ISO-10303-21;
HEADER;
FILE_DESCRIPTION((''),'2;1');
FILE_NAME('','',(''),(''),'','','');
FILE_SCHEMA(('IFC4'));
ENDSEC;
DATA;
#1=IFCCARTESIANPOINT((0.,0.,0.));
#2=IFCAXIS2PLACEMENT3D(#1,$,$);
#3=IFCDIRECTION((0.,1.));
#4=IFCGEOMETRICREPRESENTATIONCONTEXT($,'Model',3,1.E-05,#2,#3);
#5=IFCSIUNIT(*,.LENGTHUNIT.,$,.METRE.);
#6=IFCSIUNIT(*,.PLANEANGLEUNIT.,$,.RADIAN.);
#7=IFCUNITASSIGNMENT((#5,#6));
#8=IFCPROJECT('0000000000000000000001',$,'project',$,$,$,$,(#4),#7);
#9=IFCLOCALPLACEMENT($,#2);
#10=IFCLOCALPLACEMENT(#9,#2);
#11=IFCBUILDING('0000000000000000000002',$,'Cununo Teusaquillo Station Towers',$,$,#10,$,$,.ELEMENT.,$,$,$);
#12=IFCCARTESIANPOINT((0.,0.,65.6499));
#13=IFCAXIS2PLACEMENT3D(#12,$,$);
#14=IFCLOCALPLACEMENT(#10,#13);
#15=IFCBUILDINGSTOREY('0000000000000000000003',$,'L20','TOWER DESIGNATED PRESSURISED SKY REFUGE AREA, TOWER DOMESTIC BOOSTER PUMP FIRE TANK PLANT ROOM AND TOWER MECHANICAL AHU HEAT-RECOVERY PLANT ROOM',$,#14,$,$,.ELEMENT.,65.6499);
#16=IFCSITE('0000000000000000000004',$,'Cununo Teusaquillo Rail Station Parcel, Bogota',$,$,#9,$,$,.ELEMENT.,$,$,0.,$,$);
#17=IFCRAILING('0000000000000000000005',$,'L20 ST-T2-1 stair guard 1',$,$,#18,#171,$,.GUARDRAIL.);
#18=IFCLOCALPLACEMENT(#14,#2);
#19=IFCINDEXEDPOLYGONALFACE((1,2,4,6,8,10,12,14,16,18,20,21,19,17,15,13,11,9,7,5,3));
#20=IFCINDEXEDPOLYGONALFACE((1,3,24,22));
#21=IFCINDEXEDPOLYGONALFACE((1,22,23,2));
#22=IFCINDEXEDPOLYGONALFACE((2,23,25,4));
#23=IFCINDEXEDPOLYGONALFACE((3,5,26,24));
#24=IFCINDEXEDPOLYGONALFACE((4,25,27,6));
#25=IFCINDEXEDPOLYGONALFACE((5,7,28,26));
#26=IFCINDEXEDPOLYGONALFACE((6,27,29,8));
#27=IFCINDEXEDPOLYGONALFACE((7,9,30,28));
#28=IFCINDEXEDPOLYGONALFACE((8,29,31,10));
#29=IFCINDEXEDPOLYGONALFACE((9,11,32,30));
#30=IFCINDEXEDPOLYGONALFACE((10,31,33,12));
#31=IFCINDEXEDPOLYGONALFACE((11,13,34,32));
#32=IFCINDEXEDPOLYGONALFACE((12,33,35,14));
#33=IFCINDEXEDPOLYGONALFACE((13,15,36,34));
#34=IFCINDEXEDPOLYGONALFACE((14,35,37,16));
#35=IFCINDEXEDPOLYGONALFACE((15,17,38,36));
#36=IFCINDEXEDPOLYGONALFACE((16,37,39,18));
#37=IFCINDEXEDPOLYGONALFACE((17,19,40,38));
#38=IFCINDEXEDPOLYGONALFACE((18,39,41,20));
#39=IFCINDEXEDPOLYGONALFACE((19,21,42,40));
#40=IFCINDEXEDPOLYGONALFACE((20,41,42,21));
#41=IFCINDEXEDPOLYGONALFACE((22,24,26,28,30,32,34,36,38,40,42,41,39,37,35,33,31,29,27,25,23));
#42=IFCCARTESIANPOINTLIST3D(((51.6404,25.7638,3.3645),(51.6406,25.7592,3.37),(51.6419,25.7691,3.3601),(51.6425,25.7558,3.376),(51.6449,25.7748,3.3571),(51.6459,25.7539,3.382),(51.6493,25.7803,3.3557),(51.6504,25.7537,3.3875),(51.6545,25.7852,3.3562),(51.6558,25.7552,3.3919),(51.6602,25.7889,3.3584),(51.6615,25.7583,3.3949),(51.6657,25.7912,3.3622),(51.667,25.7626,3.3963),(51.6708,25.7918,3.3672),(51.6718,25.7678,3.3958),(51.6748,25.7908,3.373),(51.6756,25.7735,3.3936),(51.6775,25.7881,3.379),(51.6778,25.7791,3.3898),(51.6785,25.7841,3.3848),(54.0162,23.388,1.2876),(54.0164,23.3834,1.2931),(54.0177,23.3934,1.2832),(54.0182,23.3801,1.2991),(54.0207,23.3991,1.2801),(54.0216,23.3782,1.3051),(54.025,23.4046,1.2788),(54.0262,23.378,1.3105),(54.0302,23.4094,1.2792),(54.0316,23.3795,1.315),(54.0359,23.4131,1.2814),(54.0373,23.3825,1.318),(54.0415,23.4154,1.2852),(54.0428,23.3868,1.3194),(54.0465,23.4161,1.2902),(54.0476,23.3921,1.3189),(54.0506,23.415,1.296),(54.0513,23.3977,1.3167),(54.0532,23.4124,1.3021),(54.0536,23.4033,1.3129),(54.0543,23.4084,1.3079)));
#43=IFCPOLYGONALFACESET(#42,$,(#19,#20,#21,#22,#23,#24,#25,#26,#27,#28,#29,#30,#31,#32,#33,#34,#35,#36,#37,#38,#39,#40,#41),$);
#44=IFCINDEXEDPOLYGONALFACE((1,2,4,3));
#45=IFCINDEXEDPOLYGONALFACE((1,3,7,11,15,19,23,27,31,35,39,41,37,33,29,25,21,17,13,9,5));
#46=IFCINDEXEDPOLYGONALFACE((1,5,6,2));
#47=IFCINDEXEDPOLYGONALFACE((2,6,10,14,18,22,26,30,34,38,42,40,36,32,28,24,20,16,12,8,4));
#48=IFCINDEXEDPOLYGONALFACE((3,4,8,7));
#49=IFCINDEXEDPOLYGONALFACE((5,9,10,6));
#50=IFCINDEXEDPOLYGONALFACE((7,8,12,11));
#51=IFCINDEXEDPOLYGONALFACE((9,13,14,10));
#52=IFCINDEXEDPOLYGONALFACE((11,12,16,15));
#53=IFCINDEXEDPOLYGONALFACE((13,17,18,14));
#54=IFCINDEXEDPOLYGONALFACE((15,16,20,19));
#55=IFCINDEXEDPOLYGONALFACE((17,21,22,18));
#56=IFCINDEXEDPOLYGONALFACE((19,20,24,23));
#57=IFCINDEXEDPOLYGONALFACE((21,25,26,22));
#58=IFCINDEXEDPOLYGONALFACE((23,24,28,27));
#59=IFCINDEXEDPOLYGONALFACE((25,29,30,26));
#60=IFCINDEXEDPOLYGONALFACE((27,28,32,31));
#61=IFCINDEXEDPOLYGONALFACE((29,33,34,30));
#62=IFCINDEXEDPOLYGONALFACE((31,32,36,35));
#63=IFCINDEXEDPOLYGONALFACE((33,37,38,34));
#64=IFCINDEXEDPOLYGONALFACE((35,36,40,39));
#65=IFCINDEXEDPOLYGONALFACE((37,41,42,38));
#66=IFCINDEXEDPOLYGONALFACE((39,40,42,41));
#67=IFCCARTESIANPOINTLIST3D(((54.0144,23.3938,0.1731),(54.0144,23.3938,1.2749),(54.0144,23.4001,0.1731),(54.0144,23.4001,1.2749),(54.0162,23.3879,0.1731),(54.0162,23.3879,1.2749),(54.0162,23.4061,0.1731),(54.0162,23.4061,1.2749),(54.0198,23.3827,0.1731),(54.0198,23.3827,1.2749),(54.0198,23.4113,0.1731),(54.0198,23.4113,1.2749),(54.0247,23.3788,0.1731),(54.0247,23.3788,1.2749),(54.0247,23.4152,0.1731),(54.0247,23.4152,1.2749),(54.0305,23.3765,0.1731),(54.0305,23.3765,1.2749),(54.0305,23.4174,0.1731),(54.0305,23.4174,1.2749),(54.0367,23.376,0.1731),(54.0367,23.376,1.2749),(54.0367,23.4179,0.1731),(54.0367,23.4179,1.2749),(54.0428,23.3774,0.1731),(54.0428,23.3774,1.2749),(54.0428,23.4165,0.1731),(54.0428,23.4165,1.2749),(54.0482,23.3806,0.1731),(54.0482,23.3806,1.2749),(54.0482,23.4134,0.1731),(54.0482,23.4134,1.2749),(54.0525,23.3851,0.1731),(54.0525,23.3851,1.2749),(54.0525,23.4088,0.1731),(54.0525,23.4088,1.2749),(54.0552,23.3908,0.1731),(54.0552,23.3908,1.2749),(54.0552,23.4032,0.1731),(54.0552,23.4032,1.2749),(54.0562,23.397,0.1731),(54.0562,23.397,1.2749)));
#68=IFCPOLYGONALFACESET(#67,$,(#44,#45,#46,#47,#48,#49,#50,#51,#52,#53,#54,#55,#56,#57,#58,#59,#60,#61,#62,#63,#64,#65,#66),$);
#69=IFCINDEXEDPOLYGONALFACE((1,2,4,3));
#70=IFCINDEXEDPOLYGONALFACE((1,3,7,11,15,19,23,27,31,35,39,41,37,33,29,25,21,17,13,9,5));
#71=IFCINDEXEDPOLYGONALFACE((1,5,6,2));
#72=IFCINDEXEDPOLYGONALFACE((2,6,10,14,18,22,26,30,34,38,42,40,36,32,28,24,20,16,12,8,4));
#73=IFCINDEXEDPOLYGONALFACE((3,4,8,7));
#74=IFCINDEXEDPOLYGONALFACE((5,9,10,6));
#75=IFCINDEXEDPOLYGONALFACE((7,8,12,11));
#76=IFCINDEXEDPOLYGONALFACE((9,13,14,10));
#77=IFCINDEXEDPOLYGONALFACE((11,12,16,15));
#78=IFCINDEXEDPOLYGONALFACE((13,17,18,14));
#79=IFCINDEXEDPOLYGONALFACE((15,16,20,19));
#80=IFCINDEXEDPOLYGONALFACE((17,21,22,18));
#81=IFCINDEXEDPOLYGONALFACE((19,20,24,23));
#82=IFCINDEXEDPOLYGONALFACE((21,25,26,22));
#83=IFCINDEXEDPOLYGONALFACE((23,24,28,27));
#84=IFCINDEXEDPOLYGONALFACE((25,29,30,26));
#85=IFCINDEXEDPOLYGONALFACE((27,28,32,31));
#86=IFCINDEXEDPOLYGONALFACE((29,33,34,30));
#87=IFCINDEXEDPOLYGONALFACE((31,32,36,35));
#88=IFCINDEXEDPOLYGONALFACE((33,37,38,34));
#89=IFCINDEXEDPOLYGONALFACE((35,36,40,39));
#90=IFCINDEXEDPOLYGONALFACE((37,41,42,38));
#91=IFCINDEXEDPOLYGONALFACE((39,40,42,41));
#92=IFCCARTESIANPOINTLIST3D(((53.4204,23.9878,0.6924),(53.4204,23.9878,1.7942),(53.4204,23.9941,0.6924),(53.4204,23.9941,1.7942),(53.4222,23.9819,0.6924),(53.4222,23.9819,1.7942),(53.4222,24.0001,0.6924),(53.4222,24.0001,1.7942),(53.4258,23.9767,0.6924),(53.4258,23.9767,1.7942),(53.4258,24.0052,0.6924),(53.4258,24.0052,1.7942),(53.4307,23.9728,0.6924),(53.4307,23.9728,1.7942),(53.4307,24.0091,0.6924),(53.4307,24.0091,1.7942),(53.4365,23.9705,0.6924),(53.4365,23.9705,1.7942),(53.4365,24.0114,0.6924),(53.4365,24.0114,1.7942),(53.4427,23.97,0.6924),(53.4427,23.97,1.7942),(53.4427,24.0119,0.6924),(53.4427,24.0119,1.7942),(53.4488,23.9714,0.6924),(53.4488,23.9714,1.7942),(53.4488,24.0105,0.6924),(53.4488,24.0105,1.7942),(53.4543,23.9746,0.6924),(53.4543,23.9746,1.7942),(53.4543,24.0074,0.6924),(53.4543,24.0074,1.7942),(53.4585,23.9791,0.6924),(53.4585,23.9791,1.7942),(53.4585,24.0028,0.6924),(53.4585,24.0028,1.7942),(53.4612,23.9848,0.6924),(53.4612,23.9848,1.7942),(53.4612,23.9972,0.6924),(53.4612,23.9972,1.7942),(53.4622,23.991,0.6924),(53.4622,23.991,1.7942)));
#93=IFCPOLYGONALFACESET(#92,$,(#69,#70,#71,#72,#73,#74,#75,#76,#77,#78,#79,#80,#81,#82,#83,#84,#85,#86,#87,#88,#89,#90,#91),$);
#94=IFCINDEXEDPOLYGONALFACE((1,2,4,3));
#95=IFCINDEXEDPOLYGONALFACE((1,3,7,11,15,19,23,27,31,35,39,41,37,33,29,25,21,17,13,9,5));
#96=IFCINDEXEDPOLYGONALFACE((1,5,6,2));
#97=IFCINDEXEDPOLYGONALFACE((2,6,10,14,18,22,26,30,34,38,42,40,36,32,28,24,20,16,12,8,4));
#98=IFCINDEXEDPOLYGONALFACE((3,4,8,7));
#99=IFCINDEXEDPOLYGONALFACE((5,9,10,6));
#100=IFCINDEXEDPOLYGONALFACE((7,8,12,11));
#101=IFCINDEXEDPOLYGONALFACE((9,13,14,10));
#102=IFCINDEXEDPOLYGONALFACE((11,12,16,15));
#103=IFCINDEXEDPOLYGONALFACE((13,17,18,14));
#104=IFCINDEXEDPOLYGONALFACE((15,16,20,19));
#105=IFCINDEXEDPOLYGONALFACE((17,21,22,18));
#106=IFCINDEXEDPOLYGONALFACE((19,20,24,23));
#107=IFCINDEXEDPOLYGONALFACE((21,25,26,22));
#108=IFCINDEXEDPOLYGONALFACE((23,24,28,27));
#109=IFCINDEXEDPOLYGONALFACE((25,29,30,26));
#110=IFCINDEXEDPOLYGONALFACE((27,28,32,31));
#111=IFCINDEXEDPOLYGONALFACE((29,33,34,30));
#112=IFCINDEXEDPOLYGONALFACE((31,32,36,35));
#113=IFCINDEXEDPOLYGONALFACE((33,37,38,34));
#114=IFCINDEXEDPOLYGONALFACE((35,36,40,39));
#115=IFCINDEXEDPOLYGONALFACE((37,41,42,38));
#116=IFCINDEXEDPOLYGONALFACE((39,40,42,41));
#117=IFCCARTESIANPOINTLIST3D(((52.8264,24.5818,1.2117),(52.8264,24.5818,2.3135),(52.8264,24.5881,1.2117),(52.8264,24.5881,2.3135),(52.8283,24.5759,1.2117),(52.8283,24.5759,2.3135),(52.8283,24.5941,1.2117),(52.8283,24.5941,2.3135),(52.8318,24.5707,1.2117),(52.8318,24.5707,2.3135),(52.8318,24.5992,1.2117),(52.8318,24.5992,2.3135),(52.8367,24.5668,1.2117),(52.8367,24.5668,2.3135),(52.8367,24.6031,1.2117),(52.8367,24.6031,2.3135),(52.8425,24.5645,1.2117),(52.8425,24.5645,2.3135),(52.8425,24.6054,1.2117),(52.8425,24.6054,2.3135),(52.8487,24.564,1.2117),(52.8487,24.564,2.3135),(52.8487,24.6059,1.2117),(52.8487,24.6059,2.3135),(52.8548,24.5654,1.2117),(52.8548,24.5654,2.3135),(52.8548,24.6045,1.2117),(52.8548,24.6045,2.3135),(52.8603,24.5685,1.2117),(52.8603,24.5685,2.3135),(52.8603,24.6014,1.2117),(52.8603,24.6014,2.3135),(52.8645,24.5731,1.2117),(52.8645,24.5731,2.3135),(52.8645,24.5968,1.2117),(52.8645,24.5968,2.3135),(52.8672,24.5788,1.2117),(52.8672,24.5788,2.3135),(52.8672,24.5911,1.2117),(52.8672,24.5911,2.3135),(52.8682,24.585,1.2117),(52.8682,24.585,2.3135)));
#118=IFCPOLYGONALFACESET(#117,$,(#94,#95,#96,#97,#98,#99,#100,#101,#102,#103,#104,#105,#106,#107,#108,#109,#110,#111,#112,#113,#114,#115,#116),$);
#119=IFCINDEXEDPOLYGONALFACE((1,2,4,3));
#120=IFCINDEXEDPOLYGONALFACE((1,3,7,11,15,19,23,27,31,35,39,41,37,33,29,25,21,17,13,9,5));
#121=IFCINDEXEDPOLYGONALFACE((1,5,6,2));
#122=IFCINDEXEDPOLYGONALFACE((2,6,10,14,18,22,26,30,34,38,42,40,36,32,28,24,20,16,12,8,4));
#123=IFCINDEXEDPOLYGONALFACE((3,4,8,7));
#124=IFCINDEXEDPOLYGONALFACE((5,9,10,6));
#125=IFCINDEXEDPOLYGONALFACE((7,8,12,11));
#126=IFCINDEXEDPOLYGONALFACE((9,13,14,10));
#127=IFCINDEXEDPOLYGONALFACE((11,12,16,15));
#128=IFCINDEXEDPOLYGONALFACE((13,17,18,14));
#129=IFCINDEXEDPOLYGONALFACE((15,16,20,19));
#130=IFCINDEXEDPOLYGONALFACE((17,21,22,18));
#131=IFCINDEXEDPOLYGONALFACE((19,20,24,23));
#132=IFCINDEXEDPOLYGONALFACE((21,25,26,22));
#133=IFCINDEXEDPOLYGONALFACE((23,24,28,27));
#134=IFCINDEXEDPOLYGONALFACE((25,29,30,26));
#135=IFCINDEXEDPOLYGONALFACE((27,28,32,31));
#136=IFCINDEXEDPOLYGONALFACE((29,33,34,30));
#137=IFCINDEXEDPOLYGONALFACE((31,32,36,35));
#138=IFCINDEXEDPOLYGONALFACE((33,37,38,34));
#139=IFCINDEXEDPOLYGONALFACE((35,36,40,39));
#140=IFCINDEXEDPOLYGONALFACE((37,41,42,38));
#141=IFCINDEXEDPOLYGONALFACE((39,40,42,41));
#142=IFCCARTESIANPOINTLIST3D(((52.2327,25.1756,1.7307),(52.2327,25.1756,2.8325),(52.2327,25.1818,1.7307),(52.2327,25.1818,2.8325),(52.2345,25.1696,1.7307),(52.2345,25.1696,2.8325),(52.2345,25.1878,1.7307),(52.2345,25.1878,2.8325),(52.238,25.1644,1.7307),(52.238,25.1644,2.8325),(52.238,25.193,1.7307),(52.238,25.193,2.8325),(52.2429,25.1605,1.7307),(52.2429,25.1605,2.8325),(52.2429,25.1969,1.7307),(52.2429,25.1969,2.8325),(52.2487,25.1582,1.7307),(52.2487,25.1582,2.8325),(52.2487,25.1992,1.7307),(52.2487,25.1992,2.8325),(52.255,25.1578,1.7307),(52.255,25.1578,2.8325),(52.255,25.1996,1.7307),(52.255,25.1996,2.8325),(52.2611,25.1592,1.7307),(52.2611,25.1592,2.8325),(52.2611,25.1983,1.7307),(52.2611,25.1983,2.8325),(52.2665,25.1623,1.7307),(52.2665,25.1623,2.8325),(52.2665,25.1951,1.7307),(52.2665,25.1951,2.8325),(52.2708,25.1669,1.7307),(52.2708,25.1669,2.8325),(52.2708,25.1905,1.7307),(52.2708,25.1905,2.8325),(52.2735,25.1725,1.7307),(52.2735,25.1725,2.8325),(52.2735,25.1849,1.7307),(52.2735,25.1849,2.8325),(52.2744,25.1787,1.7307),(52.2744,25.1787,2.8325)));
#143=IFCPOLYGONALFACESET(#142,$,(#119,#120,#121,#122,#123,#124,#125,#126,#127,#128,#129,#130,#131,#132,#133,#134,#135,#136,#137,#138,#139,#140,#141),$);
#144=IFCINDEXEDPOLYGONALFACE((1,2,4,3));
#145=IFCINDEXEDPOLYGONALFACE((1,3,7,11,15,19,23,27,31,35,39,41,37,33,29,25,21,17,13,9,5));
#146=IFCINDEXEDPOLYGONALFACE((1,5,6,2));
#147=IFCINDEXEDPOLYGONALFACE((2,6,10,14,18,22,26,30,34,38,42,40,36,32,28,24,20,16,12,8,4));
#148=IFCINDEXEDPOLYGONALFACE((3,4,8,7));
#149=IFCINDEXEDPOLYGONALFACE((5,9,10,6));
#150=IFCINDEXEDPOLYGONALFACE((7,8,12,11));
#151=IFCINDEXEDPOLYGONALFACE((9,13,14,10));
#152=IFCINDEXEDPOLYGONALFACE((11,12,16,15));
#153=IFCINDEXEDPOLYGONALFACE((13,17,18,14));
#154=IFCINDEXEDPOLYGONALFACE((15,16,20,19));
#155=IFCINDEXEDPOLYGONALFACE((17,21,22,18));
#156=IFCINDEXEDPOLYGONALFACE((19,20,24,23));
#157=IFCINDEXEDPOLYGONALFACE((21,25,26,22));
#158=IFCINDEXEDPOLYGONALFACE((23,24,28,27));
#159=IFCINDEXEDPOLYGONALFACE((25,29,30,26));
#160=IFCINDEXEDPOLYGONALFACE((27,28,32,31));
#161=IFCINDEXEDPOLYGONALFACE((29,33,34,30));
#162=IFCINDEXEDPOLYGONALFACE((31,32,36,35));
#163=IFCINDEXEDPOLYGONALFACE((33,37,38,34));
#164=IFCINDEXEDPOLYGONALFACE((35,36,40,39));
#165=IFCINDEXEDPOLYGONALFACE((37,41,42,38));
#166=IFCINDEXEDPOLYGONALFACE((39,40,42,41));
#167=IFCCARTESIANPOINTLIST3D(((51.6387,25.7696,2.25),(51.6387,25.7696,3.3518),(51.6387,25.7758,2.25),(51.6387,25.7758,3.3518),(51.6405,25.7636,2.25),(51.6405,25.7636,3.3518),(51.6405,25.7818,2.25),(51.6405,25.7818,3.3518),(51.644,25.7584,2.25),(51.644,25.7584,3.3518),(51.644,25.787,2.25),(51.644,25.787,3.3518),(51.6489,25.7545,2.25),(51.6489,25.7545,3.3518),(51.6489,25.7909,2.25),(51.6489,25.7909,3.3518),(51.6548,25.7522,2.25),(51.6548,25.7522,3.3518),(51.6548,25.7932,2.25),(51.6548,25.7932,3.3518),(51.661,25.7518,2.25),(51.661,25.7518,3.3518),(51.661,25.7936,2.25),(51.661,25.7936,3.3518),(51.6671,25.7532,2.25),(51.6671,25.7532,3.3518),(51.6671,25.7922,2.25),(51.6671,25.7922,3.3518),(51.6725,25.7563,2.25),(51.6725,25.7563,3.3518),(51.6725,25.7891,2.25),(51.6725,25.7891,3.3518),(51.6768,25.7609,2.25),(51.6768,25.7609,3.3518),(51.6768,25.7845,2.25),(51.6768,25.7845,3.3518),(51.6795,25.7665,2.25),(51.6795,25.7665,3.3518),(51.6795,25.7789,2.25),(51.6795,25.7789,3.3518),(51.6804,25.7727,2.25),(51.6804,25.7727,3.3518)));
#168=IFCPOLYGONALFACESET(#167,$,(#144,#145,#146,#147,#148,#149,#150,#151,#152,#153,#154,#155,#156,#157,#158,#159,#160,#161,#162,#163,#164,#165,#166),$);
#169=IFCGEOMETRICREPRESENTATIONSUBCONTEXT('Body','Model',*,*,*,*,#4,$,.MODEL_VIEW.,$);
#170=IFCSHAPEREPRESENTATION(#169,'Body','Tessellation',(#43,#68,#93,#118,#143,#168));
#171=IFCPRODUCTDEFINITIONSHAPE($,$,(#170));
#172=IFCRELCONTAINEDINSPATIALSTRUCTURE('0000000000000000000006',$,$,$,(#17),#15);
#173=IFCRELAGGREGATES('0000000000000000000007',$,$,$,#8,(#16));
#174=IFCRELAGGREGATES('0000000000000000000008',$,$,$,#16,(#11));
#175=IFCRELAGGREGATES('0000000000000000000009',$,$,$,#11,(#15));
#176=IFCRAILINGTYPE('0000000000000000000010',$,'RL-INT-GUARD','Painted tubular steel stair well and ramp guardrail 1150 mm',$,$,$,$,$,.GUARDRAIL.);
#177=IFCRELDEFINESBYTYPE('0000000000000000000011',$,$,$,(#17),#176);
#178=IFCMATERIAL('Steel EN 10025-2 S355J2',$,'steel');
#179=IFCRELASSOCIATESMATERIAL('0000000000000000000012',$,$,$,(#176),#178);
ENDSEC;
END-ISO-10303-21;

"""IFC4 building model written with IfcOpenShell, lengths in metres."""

from ifc_helpers import new_model, si_unit, direction, frame, origin, origin_2d, place, context, subcontext, project, spatial, circle, extrude, material, type_object, element, save


model = new_model("IFC4")

# Units and contexts
model_context = context("Model", 3, precision=1e-05, world=origin(), true_north=direction((0.0, 1.0)))
body_context = subcontext(model_context, "Body", "Model", "MODEL_VIEW")
ifc_project = project(units=[si_unit("LENGTHUNIT", "METRE"), si_unit("PLANEANGLEUNIT", "RADIAN")], contexts=[model_context])

# Site, building, storey
site_placement = place(None, origin())
site = spatial("IfcSite", under=ifc_project, at=site_placement, Name="Cununo Teusaquillo Rail Station Parcel, Bogota", CompositionType="ELEMENT", RefElevation=0.0)
building_placement = place(site_placement, origin())
building = spatial("IfcBuilding", under=site, at=building_placement, Name="Cununo Teusaquillo Station Towers", CompositionType="ELEMENT")
storey_placement = place(building_placement, frame((0.0, 0.0, 65.6499)))
storey = spatial("IfcBuildingStorey", under=building, at=storey_placement, Name="L20", Description="TOWER DESIGNATED PRESSURISED SKY REFUGE AREA, TOWER DOMESTIC BOOSTER PUMP FIRE TANK PLANT ROOM AND TOWER MECHANICAL AHU HEAT-RECOVERY PLANT ROOM", CompositionType="ELEMENT", Elevation=65.6499)

# Railing
ifc_material_1 = material(Name="Steel EN 10025-2 S355J2", Category="steel")
railing_type_1 = type_object("IfcRailingType", Name="RL-INT-GUARD", Description="Painted tubular steel stair well and ramp guardrail 1150 mm", PredefinedType="GUARDRAIL", material=ifc_material_1)
railing_1_placement = place(storey_placement, frame((54.0352, 23.397, 0.1731)))
element("IfcRailing", 1, at=railing_1_placement, inside=storey, type_object=railing_type_1, Name="L20 ST-T2-1 stair guard 1", PredefinedType="GUARDRAIL", context=body_context, shape_type="SweptSolid", body=[
    extrude(circle(Radius=0.0239, at=origin_2d()), frame((0.0, 0.0, 1.126), z_axis=(-0.601466, 0.601466, 0.525811), x_axis=(-0.707107, -0.707107, 0.0)), (0.0, 0.0, 1.0), 3.95),
    extrude(circle(Radius=0.021, at=origin_2d()), origin(), (0.0, 0.0, 1.0), 1.1018),
    extrude(circle(Radius=0.021, at=origin_2d()), frame((-0.594, 0.594, 0.5193)), (0.0, 0.0, 1.0), 1.1018),
    extrude(circle(Radius=0.021, at=origin_2d()), frame((-1.188, 1.188, 1.0386)), (0.0, 0.0, 1.0), 1.1018),
    extrude(circle(Radius=0.021, at=origin_2d()), frame((-1.7817, 1.7817, 1.5576)), (0.0, 0.0, 1.0), 1.1018),
    extrude(circle(Radius=0.021, at=origin_2d()), frame((-2.3757, 2.3757, 2.0769)), (0.0, 0.0, 1.0), 1.1018),
])

save(model, "model.ifc")
